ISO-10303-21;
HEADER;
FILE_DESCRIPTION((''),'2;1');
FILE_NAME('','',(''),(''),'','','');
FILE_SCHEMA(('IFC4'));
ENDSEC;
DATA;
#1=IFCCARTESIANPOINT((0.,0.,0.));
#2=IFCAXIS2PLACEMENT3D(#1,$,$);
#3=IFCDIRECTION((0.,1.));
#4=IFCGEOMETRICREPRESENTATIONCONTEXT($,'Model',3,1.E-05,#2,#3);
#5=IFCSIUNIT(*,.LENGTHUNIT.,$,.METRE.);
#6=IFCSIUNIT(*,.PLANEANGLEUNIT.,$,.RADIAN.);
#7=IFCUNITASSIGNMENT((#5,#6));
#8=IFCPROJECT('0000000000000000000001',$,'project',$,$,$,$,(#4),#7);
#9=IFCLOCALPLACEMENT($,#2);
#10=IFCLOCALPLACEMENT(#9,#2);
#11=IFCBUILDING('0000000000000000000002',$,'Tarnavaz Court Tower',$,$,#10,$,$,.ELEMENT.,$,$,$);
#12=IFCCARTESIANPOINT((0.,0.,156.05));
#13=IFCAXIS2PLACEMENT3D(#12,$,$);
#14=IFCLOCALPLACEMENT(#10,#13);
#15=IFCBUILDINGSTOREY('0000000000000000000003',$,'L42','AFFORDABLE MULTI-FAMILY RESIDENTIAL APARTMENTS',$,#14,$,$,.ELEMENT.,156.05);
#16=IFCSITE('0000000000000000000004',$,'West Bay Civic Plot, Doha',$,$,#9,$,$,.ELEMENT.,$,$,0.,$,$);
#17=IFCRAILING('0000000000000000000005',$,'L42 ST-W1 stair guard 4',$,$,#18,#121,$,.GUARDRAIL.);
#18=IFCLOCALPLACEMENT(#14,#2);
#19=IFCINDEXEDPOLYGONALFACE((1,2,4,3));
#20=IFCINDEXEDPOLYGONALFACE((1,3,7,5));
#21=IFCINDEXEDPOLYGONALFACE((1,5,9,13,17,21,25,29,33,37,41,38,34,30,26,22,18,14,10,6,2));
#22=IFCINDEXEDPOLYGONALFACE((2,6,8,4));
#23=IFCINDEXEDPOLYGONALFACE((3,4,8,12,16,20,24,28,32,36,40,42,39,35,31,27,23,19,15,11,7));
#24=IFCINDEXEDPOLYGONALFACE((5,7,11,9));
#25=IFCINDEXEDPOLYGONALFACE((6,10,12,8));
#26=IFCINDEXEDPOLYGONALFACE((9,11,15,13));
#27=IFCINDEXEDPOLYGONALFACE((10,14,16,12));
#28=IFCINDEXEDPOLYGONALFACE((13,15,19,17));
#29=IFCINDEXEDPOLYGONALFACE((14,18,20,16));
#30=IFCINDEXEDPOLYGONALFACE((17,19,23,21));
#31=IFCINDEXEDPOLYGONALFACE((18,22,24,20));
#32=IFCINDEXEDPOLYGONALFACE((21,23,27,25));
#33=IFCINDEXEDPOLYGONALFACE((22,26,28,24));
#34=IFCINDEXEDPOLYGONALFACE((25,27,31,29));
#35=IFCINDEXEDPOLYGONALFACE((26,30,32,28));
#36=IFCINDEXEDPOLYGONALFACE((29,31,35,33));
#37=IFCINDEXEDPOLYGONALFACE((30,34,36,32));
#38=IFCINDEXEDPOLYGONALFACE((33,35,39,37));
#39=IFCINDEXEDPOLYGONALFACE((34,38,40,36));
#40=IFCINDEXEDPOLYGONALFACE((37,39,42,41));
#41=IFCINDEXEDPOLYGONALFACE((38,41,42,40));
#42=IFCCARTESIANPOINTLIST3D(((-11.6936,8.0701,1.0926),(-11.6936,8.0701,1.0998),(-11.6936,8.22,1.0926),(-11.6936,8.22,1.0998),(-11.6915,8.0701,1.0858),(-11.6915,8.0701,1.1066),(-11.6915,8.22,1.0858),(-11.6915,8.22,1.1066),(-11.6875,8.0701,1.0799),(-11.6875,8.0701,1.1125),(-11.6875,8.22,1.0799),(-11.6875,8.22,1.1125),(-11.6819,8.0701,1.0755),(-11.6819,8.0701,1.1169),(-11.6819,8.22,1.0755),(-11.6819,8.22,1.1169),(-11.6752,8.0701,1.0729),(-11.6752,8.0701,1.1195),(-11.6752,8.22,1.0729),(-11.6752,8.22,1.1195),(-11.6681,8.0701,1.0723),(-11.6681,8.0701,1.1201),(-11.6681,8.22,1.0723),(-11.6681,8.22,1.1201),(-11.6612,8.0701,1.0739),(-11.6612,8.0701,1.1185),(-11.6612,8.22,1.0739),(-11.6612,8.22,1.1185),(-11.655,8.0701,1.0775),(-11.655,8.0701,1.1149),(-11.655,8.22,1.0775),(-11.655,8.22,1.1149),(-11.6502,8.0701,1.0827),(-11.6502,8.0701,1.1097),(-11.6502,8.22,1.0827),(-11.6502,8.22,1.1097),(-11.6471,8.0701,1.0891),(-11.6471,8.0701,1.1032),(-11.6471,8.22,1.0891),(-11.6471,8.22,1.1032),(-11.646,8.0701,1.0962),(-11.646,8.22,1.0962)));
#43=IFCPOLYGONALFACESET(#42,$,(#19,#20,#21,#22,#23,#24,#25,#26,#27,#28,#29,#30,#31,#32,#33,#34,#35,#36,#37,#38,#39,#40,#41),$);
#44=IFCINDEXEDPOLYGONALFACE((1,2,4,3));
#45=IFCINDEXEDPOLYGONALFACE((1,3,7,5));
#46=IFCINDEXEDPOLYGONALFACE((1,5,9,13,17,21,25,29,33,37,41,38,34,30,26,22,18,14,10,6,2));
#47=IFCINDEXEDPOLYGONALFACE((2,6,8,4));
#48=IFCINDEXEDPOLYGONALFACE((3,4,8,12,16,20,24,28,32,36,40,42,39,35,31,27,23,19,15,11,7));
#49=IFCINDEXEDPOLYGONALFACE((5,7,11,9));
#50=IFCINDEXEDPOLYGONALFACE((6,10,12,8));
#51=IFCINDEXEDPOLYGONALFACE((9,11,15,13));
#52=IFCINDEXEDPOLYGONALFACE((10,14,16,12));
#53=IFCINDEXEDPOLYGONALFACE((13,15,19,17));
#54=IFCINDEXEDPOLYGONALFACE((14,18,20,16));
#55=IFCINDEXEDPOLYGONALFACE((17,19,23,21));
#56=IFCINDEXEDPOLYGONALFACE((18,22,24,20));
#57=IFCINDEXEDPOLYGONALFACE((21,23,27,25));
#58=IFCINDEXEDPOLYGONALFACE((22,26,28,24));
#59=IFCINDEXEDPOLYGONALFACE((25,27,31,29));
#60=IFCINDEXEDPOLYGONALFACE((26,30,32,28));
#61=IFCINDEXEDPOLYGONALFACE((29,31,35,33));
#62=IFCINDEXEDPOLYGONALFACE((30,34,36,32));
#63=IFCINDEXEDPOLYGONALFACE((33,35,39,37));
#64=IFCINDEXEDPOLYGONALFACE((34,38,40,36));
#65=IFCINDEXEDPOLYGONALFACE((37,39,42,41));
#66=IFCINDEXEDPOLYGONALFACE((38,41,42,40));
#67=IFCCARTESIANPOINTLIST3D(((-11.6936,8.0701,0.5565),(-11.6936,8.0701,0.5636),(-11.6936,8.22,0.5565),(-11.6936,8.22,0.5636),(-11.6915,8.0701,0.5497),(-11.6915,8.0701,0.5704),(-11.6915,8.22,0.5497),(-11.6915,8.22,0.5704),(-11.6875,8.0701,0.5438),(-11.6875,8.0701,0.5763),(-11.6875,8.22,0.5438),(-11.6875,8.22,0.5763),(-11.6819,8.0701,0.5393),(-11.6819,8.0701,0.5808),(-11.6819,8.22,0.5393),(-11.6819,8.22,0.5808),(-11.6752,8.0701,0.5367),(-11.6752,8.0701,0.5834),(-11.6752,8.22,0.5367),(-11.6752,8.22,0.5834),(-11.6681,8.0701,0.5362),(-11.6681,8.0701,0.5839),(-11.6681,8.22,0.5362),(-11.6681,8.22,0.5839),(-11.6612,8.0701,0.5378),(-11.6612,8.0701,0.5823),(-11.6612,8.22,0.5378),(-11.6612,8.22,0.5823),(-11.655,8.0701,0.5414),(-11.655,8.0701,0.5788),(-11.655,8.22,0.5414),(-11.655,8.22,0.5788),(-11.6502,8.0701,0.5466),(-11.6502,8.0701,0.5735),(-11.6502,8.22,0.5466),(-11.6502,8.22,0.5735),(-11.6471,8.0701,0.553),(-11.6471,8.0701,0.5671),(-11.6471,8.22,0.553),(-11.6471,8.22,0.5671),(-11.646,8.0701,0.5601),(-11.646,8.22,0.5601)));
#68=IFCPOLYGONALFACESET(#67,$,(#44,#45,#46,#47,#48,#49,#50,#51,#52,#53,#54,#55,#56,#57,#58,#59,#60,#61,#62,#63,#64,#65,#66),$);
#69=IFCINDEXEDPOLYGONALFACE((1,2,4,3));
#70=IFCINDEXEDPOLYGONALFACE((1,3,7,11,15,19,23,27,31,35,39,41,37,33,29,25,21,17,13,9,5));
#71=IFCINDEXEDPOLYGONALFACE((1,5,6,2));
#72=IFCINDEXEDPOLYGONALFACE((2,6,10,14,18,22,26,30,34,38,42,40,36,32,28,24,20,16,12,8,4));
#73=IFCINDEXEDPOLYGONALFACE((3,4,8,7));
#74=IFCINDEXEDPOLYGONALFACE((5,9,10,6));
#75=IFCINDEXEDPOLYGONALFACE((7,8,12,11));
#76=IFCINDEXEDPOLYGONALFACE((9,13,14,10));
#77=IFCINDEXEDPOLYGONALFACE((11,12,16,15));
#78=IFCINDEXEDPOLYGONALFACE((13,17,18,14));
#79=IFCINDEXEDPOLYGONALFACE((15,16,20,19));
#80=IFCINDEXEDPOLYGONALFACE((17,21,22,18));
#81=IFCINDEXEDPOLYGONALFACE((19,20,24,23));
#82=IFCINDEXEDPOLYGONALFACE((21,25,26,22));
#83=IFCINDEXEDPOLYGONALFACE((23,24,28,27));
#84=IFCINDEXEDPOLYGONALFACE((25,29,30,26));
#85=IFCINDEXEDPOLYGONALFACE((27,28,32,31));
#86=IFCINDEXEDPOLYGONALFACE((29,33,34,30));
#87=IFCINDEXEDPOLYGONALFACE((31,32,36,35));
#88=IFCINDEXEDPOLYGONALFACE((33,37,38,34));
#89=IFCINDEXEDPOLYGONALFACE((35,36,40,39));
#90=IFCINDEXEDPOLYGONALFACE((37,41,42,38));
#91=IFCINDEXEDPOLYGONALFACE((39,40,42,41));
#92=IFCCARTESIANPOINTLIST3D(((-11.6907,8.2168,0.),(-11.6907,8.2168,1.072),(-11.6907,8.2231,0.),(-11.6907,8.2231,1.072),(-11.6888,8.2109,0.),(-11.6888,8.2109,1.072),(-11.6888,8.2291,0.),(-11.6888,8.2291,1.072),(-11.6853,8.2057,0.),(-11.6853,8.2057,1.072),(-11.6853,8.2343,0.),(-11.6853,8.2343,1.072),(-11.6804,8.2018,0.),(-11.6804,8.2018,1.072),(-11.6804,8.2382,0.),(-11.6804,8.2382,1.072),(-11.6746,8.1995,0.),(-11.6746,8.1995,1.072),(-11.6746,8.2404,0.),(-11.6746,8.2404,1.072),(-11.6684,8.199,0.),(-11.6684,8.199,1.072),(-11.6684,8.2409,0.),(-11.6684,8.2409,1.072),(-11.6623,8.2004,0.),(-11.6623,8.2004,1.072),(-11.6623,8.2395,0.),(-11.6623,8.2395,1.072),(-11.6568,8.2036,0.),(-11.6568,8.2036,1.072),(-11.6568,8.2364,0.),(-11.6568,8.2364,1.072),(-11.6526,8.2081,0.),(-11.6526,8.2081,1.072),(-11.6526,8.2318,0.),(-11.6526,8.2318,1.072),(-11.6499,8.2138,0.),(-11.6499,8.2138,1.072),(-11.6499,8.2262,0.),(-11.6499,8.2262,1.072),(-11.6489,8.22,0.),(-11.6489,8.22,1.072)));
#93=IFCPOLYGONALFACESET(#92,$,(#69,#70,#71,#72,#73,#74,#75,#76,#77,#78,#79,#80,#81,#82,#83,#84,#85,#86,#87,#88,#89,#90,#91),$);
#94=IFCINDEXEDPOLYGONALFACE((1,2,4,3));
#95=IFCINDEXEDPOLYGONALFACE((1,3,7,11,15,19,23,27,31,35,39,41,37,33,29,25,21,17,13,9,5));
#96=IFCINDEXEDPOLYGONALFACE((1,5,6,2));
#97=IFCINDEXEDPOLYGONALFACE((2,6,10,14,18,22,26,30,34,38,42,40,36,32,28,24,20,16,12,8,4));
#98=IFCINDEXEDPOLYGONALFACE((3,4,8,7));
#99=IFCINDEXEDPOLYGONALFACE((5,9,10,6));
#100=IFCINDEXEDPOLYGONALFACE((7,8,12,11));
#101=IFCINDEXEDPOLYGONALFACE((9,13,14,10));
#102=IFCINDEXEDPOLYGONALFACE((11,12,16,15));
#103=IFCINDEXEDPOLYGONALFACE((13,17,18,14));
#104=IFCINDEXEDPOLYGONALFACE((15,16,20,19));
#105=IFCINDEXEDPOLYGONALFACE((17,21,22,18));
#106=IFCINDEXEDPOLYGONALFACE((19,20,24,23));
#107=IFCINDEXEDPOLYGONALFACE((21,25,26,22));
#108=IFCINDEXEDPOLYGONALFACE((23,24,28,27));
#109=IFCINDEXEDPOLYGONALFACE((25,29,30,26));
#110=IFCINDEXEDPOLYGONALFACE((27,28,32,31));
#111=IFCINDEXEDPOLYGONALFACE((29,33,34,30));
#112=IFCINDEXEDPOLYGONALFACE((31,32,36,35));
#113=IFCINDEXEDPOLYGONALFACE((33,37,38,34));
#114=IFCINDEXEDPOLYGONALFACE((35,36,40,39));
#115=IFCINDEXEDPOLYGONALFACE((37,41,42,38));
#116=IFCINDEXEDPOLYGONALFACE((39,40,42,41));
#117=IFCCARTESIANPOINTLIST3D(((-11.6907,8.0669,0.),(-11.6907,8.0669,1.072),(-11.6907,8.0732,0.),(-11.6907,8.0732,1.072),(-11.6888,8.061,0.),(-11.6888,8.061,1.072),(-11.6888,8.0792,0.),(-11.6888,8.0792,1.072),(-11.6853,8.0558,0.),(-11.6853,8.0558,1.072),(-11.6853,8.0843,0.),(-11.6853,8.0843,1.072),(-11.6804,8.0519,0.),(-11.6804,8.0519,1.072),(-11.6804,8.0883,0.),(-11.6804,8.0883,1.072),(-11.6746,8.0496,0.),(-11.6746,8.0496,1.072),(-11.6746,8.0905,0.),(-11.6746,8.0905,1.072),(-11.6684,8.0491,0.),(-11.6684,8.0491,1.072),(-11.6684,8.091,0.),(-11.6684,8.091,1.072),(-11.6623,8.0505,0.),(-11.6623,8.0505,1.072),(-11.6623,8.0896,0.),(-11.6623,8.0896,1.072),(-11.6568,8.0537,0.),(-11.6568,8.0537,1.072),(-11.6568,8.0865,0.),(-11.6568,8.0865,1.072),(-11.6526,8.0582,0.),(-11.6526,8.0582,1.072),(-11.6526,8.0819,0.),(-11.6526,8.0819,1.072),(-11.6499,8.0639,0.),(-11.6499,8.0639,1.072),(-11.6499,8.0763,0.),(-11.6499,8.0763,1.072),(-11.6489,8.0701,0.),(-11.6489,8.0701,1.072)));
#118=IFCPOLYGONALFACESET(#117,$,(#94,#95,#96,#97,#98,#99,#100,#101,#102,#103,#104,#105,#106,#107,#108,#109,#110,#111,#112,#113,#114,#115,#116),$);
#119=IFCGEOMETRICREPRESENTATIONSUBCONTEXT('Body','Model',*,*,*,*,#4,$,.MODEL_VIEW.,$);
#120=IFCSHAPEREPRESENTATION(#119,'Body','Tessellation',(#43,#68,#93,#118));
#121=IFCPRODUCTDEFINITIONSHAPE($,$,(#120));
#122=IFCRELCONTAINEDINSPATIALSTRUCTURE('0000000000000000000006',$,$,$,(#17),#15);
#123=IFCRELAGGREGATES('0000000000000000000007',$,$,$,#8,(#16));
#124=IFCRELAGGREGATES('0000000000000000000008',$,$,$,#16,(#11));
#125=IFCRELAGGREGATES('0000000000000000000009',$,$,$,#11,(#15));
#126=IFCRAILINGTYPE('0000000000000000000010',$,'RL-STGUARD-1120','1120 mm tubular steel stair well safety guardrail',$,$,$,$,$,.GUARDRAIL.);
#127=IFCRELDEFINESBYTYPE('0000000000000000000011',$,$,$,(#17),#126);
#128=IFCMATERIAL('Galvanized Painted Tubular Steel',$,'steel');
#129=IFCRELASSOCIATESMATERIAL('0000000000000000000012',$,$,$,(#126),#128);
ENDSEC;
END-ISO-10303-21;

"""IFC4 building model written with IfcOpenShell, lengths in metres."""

from ifc_helpers import new_model, si_unit, direction, frame, origin, origin_2d, place, context, subcontext, project, spatial, circle, extrude, material, type_object, element, save


model = new_model("IFC4")

# Units and contexts
model_context = context("Model", 3, precision=1e-05, world=origin(), true_north=direction((0.0, 1.0)))
body_context = subcontext(model_context, "Body", "Model", "MODEL_VIEW")
ifc_project = project(units=[si_unit("LENGTHUNIT", "METRE"), si_unit("PLANEANGLEUNIT", "RADIAN")], contexts=[model_context])

# Site, building, storey
site_placement = place(None, origin())
site = spatial("IfcSite", under=ifc_project, at=site_placement, Name="West Bay Civic Plot, Doha", CompositionType="ELEMENT", RefElevation=0.0)
building_placement = place(site_placement, origin())
building = spatial("IfcBuilding", under=site, at=building_placement, Name="Tarnavaz Court Tower", CompositionType="ELEMENT")
storey_placement = place(building_placement, frame((0.0, 0.0, 156.05)))
storey = spatial("IfcBuildingStorey", under=building, at=storey_placement, Name="L42", Description="AFFORDABLE MULTI-FAMILY RESIDENTIAL APARTMENTS", CompositionType="ELEMENT", Elevation=156.05)

# Railing
ifc_material_1 = material(Name="Galvanized Painted Tubular Steel", Category="steel")
railing_type_1 = type_object("IfcRailingType", Name="RL-STGUARD-1120", Description="1120 mm tubular steel stair well safety guardrail", PredefinedType="GUARDRAIL", material=ifc_material_1)
railing_1_placement = place(storey_placement, frame((-11.6699, 8.22, 0.0)))
element("IfcRailing", 1, at=railing_1_placement, inside=storey, type_object=railing_type_1, Name="L42 ST-W1 stair guard 4", PredefinedType="GUARDRAIL", context=body_context, shape_type="SweptSolid", body=[
    extrude(circle(Radius=0.0239, at=origin_2d()), frame((0.0, 0.0, 1.0962), z_axis=(0.0, -1.0, 0.0), x_axis=(1.0, 0.0, 0.0)), (0.0, 0.0, 1.0), 0.1499),
    extrude(circle(Radius=0.0239, at=origin_2d()), frame((0.0, 0.0, 0.5601), z_axis=(0.0, -1.0, 0.0), x_axis=(1.0, 0.0, 0.0)), (0.0, 0.0, 1.0), 0.1499),
    extrude(circle(Radius=0.021, at=origin_2d()), origin(), (0.0, 0.0, 1.0), 1.072),
    extrude(circle(Radius=0.021, at=origin_2d()), frame((0.0, -0.1499, 0.0)), (0.0, 0.0, 1.0), 1.072),
])

save(model, "model.ifc")
